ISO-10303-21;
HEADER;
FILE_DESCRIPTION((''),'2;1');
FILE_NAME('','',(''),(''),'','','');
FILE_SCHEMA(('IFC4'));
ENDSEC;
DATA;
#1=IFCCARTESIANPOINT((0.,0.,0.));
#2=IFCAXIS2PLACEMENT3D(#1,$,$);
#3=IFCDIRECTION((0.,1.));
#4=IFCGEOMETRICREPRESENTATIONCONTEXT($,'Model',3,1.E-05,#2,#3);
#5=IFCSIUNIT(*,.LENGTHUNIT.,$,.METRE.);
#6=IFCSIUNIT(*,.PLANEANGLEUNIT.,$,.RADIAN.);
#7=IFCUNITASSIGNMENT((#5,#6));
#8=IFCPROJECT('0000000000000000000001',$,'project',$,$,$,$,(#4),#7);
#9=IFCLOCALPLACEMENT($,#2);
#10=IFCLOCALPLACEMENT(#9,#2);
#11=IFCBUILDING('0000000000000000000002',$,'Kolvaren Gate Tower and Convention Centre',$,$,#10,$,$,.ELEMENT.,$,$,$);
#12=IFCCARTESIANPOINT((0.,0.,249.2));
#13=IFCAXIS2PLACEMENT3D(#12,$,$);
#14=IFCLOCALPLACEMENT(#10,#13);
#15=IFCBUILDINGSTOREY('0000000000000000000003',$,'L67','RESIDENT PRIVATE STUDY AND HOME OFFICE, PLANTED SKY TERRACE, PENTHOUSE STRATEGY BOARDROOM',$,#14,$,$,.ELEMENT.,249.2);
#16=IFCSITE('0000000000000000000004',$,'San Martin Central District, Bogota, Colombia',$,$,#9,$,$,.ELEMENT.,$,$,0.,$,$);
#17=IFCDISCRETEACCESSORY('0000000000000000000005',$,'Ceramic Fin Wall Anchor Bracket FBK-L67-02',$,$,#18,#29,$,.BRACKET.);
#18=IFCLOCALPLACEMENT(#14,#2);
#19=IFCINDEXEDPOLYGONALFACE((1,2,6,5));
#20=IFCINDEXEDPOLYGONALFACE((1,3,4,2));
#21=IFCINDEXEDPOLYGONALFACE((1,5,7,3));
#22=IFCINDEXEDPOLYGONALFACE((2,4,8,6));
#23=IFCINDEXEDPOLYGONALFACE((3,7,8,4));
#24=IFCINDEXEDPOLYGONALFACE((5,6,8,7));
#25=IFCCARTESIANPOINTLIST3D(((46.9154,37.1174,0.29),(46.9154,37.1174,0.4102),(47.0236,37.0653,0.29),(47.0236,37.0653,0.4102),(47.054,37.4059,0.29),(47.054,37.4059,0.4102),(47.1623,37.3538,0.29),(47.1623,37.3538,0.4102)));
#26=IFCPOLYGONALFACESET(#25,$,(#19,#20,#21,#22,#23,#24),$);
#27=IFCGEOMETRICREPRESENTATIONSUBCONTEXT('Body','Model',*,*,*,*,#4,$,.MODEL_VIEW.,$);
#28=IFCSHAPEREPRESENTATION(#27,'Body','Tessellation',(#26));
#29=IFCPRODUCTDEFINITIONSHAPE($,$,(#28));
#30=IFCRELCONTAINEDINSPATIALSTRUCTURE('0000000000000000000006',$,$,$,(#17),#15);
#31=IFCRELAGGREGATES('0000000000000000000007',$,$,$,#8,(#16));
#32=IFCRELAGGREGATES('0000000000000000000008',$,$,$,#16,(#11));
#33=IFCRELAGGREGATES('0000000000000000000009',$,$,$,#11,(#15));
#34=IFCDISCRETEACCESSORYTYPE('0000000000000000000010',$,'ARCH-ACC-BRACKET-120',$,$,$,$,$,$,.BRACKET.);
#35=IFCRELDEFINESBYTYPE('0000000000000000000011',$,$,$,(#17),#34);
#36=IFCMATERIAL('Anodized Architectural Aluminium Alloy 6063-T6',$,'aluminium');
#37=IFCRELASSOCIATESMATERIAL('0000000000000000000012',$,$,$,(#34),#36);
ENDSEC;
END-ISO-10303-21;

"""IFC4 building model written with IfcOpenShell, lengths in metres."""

from ifc_helpers import new_model, si_unit, direction, frame, origin, origin_2d, place, context, subcontext, project, spatial, rectangle, extrude, material, type_object, element, save


model = new_model("IFC4")

# Units and contexts
model_context = context("Model", 3, precision=1e-05, world=origin(), true_north=direction((0.0, 1.0)))
body_context = subcontext(model_context, "Body", "Model", "MODEL_VIEW")
ifc_project = project(units=[si_unit("LENGTHUNIT", "METRE"), si_unit("PLANEANGLEUNIT", "RADIAN")], contexts=[model_context])

# Site, building, storey
site_placement = place(None, origin())
site = spatial("IfcSite", under=ifc_project, at=site_placement, Name="San Martin Central District, Bogota, Colombia", CompositionType="ELEMENT", RefElevation=0.0)
building_placement = place(site_placement, origin())
building = spatial("IfcBuilding", under=site, at=building_placement, Name="Kolvaren Gate Tower and Convention Centre", CompositionType="ELEMENT")
storey_placement = place(building_placement, frame((0.0, 0.0, 249.2)))
storey = spatial("IfcBuildingStorey", under=building, at=storey_placement, Name="L67", Description="RESIDENT PRIVATE STUDY AND HOME OFFICE, PLANTED SKY TERRACE, PENTHOUSE STRATEGY BOARDROOM", CompositionType="ELEMENT", Elevation=249.2)

# Shared definitions
ifc_material_1 = material(Name="Anodized Architectural Aluminium Alloy 6063-T6", Category="aluminium")

# Discrete accessory
discrete_accessory_type = type_object("IfcDiscreteAccessoryType", Name="ARCH-ACC-BRACKET-120", PredefinedType="BRACKET", material=ifc_material_1)
discrete_accessory_placement = place(storey_placement, frame((47.0388, 37.2356, 0.29), z_axis=(0.0, 0.0, 1.0), x_axis=(0.901358, -0.433076, 0.0)))
element("IfcDiscreteAccessory", 1, at=discrete_accessory_placement, inside=storey, type_object=discrete_accessory_type, Name="Ceramic Fin Wall Anchor Bracket FBK-L67-02", PredefinedType="BRACKET", context=body_context, shape_type="SweptSolid", body=[
    extrude(rectangle(XDim=0.1201, YDim=0.3201, at=origin_2d()), origin(), (0.0, 0.0, 1.0), 0.1201),
])

save(model, "model.ifc")
